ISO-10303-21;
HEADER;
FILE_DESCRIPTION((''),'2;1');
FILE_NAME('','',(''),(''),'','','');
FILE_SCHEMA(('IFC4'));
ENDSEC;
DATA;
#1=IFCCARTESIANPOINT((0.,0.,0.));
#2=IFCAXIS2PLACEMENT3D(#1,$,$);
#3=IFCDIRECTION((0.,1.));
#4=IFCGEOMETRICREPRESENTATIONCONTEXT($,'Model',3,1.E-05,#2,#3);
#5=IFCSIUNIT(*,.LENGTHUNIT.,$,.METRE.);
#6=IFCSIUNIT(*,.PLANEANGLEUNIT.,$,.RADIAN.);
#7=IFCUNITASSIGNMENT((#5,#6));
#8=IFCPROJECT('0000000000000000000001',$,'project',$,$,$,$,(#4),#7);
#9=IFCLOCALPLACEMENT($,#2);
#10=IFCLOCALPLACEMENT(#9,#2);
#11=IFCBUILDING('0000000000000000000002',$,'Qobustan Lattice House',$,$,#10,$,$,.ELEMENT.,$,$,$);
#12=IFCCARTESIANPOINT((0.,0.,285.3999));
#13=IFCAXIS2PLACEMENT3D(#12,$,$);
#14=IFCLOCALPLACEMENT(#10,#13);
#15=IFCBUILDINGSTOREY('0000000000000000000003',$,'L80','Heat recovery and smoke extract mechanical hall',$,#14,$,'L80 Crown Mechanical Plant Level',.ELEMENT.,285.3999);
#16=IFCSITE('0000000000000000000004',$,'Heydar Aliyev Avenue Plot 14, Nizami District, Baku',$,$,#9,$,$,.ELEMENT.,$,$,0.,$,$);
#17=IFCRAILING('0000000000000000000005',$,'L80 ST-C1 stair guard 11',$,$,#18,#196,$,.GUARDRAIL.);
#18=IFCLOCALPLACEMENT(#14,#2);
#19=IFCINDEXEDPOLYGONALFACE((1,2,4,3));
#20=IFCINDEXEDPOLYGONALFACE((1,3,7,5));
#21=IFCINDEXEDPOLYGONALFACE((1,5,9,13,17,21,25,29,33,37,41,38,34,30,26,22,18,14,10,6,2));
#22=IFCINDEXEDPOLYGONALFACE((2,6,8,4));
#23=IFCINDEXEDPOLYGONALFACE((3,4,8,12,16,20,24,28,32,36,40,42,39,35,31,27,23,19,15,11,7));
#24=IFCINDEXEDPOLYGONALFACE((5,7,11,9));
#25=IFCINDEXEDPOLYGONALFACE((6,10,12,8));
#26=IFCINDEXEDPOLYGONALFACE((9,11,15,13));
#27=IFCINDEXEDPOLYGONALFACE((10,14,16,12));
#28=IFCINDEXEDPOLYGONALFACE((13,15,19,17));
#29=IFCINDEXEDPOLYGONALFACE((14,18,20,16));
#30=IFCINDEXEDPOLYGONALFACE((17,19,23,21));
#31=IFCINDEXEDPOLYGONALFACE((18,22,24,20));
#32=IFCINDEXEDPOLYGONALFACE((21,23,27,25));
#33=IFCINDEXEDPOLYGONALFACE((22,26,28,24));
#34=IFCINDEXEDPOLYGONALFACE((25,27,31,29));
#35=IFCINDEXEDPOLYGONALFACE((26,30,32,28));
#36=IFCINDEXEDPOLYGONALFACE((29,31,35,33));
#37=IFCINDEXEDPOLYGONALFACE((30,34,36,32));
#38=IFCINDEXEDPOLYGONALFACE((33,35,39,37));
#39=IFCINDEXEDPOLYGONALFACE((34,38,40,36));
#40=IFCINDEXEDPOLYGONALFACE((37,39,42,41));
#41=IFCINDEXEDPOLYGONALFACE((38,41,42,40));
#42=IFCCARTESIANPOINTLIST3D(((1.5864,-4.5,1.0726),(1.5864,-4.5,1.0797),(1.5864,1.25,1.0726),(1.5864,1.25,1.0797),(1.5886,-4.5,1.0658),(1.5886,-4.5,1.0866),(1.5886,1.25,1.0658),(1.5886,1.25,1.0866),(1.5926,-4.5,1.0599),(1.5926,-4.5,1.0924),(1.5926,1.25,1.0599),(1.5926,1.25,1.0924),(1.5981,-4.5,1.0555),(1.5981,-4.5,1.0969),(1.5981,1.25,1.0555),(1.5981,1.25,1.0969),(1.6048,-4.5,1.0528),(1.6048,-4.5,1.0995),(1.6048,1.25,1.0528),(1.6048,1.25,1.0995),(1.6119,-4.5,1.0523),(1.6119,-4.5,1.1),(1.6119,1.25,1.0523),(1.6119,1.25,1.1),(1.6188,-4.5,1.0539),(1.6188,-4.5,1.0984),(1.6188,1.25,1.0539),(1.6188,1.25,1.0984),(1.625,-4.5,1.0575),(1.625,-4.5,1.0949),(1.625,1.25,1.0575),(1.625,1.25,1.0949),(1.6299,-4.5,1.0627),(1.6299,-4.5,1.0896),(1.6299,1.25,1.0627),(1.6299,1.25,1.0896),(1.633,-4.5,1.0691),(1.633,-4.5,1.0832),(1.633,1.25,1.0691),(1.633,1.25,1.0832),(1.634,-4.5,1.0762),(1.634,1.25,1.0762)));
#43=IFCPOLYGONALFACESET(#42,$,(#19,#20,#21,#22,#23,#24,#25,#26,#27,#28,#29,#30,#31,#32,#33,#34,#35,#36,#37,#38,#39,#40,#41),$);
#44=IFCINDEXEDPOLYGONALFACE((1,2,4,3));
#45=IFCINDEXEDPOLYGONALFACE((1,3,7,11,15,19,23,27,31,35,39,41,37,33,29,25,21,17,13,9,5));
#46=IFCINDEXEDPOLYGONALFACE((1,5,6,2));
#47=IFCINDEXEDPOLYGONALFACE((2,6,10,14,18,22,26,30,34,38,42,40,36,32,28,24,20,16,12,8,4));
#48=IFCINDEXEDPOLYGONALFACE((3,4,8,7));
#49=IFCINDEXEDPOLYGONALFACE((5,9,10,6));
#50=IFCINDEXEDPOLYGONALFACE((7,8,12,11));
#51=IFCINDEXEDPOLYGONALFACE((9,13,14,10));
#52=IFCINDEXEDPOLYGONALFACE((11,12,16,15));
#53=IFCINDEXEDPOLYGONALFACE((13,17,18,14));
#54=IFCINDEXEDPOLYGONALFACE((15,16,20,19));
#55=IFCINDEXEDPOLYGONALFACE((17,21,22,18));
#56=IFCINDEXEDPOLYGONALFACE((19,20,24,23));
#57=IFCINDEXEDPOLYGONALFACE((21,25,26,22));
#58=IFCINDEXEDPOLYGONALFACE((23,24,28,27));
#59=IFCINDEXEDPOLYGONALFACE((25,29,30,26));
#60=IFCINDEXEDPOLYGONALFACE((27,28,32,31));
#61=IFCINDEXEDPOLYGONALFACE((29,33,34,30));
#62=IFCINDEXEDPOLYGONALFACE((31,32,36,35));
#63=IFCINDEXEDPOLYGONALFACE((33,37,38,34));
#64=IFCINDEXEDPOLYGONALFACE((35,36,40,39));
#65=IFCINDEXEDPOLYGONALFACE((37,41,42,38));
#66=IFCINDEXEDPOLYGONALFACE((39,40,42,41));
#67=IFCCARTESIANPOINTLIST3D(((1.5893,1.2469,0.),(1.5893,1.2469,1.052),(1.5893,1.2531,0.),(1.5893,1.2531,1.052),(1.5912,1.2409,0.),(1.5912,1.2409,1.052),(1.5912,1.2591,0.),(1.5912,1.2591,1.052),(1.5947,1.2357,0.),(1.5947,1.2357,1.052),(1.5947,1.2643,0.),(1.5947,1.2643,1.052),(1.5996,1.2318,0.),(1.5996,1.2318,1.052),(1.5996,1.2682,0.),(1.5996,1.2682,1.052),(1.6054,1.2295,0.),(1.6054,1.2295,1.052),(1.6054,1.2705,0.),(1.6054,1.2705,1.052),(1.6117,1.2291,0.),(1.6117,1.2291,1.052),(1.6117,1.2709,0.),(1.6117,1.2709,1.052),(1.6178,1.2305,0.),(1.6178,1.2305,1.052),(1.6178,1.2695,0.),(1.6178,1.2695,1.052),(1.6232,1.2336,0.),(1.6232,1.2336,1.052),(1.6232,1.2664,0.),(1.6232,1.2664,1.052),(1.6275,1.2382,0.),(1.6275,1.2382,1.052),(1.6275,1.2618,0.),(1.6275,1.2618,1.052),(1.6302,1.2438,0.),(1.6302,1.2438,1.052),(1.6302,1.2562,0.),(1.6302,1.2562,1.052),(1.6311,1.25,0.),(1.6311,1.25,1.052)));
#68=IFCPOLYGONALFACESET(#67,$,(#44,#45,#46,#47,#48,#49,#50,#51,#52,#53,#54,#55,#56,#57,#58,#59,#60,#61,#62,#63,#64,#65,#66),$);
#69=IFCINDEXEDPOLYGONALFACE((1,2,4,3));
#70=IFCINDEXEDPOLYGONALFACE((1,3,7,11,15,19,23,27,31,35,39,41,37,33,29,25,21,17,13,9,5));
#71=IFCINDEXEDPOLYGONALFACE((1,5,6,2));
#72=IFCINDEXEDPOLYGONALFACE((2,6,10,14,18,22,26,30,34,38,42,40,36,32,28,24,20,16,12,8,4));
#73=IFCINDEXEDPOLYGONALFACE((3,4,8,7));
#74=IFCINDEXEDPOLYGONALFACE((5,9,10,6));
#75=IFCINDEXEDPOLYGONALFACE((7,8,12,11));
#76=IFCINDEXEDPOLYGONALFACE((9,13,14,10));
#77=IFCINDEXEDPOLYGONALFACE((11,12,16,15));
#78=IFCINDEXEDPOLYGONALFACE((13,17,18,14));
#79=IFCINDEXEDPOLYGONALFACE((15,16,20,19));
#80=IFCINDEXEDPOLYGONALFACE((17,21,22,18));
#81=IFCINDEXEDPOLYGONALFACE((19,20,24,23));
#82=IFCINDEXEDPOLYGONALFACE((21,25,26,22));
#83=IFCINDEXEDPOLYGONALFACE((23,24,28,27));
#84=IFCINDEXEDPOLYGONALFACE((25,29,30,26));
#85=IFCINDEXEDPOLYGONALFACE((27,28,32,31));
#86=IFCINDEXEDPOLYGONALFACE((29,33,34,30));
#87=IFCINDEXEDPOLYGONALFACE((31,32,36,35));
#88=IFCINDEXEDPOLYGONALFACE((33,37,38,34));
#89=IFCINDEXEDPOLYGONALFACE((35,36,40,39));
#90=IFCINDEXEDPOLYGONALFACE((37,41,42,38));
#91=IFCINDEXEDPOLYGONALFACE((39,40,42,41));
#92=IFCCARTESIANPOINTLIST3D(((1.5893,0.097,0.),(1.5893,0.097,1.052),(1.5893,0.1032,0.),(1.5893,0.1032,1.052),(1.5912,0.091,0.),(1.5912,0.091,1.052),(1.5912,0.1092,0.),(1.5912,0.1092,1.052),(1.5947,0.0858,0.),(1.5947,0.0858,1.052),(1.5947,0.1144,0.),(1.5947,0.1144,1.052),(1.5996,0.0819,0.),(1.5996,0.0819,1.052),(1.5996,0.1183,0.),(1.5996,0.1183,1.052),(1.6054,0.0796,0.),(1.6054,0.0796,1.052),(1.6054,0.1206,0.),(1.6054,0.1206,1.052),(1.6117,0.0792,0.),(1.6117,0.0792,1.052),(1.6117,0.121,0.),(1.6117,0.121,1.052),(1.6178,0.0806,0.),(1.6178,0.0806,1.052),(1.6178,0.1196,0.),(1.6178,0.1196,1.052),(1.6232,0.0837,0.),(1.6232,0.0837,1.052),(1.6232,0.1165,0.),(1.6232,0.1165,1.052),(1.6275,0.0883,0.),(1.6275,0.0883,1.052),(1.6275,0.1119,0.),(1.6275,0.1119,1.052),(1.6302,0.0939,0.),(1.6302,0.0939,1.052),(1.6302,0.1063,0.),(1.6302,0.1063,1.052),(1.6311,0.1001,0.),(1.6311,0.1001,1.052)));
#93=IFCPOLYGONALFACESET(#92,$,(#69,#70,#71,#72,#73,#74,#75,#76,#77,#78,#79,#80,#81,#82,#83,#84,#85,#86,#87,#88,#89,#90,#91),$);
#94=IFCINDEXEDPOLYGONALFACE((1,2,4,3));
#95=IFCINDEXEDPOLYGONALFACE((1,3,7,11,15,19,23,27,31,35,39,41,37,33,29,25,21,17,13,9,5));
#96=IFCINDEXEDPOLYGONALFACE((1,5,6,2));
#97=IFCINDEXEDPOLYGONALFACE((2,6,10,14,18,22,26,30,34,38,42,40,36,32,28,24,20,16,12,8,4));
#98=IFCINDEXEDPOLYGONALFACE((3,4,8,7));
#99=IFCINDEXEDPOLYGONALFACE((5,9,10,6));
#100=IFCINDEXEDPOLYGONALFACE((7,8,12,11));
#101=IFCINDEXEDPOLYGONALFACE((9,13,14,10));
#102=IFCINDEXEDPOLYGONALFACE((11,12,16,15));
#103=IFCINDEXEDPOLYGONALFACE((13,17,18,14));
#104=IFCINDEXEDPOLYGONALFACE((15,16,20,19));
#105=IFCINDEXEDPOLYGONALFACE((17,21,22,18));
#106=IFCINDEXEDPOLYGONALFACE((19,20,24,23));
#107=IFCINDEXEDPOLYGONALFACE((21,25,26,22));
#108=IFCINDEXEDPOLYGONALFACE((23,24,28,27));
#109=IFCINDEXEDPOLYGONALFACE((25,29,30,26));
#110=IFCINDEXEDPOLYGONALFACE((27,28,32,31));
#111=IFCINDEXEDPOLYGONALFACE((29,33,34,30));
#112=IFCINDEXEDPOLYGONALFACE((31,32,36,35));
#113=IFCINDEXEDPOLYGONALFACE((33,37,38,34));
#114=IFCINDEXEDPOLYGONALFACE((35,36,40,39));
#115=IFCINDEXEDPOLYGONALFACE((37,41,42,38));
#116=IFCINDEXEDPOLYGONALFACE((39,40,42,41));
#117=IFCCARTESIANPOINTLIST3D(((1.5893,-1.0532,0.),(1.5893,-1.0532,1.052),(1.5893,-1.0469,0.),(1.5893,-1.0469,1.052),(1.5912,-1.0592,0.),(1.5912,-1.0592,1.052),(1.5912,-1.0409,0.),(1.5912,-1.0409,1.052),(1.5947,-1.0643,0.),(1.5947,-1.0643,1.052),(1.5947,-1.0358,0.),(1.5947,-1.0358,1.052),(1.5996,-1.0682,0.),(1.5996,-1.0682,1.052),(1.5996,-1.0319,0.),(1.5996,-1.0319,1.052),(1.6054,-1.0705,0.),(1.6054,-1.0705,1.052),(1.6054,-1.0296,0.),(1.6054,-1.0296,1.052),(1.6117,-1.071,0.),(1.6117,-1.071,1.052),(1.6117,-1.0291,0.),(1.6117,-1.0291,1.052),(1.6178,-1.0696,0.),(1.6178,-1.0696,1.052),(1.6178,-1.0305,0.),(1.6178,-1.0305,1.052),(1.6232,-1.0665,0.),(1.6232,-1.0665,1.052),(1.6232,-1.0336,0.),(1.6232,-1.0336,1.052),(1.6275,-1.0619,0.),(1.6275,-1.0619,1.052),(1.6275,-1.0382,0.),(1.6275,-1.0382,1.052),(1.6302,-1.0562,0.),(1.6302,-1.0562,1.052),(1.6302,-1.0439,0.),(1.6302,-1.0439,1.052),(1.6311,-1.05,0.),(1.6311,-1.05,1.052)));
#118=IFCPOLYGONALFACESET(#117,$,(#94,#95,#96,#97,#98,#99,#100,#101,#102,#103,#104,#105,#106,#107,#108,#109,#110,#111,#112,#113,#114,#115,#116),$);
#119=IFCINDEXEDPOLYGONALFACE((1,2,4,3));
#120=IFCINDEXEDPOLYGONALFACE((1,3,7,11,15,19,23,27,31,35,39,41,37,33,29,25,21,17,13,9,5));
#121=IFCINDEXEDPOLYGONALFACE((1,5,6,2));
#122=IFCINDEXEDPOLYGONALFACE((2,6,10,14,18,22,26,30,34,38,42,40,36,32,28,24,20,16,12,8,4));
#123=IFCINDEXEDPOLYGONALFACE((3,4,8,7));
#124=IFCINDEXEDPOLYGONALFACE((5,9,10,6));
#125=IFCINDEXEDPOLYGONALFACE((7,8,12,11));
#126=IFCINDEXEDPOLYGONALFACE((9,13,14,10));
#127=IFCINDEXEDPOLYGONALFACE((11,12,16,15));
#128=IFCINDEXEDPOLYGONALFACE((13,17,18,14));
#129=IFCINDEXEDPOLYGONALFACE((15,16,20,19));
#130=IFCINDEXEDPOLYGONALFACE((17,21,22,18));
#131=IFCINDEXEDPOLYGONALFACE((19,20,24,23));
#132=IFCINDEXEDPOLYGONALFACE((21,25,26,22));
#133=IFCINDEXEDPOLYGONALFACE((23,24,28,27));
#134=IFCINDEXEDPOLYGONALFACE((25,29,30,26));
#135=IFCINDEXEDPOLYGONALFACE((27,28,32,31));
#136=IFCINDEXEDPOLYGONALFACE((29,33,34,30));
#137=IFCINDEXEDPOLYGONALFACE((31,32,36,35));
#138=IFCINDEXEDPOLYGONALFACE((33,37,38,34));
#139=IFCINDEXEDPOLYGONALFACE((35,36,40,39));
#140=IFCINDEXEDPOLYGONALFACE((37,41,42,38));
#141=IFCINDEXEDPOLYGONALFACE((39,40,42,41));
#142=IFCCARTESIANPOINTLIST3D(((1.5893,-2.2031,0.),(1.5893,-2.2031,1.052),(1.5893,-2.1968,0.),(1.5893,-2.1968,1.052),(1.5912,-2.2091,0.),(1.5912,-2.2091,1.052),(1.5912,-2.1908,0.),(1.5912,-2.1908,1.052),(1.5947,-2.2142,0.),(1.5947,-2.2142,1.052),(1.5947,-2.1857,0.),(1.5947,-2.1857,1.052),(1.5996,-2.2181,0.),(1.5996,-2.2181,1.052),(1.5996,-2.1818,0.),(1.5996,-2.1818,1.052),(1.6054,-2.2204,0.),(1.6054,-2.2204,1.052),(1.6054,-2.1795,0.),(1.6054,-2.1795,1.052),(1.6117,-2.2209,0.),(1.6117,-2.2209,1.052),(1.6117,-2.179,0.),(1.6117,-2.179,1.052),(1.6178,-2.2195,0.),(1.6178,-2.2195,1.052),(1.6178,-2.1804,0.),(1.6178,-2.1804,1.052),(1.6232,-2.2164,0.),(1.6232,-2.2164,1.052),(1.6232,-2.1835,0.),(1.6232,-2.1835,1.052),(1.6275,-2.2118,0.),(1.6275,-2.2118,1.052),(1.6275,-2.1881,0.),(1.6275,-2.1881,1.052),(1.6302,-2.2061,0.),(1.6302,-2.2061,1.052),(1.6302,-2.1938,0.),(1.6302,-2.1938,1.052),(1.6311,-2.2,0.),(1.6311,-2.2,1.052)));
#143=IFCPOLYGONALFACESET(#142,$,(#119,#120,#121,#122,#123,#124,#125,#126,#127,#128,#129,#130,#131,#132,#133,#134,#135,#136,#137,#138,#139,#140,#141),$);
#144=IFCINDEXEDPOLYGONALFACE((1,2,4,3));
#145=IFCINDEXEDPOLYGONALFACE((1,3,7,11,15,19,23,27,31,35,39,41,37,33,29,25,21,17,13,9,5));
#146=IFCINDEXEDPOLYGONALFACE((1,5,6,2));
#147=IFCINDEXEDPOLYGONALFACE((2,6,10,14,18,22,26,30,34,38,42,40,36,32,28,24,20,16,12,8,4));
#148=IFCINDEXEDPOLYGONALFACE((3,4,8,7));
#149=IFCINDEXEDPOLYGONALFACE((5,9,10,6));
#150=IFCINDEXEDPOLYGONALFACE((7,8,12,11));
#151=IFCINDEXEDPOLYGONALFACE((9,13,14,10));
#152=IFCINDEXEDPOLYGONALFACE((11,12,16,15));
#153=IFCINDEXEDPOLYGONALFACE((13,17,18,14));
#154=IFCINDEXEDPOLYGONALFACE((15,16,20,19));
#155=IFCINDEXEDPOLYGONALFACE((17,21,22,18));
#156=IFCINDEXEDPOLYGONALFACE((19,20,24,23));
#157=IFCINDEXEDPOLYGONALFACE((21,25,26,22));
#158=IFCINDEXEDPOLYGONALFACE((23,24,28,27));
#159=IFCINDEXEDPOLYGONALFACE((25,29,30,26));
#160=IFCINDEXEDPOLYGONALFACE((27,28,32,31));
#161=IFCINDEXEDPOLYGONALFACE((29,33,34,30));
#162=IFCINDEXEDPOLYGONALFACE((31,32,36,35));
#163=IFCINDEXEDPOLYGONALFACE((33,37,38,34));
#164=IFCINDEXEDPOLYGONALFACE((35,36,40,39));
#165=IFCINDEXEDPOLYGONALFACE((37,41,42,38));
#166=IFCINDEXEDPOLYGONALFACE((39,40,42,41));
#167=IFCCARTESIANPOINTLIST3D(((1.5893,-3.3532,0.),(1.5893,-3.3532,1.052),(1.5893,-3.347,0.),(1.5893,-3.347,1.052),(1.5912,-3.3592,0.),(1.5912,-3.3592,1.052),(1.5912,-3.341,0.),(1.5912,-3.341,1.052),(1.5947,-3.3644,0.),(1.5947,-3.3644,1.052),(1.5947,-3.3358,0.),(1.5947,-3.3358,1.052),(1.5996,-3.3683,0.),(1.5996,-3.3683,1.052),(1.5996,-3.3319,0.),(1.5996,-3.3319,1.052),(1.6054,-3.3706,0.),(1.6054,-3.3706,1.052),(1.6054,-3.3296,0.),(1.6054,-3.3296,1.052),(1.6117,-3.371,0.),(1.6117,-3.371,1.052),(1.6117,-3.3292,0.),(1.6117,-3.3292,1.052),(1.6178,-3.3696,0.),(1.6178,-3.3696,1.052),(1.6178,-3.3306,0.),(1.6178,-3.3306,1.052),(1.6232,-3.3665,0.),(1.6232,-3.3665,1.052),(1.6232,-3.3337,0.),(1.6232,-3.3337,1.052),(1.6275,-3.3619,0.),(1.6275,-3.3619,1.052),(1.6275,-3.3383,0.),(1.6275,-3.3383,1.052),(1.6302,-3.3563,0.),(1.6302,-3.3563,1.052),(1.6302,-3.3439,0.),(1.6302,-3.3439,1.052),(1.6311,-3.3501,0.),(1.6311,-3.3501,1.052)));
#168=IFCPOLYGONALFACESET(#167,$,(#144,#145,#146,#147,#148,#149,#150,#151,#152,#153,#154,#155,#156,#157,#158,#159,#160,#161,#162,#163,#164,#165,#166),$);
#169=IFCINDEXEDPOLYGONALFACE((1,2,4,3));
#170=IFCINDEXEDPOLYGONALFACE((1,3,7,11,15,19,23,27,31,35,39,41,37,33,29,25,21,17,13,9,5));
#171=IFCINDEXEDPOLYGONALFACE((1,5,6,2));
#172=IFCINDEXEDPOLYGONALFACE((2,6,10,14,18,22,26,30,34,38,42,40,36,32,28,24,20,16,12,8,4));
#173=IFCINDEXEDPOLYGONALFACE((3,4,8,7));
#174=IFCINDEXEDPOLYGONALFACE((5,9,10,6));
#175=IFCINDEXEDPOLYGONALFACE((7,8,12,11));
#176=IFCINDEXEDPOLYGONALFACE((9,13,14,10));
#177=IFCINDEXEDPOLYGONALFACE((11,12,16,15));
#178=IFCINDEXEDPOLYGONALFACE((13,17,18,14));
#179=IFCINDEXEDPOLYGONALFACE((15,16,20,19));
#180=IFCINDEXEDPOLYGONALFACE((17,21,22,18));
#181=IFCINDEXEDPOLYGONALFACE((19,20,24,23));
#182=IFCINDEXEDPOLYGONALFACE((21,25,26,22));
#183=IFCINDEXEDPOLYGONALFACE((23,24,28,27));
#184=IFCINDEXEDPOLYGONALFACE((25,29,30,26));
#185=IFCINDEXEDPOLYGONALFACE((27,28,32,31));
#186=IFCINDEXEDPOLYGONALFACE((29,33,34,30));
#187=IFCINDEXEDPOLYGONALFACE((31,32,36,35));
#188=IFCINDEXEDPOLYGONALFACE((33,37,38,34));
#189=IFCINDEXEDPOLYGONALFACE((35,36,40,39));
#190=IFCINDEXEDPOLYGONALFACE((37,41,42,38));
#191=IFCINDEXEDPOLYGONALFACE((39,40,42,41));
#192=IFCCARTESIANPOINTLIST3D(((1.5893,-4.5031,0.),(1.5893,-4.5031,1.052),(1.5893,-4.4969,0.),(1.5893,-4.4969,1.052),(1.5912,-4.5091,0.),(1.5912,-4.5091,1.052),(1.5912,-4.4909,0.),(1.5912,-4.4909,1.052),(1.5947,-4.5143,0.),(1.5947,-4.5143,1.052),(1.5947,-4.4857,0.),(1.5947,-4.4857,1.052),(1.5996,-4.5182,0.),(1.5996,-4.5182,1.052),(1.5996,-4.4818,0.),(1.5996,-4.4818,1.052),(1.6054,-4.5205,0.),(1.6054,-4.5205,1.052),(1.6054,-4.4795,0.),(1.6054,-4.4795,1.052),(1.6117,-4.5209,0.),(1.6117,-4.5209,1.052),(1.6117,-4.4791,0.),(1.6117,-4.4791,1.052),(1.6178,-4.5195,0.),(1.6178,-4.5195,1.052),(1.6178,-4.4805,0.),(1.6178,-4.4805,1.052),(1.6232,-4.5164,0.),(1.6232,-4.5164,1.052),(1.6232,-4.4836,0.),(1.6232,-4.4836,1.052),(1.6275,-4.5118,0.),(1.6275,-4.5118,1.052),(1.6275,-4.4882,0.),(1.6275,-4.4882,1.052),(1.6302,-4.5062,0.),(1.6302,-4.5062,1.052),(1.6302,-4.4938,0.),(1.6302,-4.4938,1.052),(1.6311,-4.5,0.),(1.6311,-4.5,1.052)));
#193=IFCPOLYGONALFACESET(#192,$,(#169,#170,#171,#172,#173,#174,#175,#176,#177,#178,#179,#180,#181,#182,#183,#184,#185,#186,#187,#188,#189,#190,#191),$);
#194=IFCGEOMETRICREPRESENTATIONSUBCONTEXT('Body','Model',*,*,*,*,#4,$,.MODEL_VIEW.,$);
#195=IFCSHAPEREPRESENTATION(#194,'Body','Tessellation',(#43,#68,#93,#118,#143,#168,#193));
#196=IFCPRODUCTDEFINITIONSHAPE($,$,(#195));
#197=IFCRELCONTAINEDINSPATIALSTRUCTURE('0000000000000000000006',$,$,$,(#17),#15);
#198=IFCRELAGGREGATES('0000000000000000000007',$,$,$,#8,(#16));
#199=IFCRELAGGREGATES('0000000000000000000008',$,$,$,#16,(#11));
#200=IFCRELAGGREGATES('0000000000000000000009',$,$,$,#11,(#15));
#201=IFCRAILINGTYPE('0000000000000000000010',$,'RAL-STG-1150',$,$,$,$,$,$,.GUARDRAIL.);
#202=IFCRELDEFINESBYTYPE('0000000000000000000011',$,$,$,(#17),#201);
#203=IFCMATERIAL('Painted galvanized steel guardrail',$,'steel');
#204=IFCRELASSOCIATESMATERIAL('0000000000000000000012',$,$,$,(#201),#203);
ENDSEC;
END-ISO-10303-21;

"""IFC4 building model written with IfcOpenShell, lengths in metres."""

from ifc_helpers import new_model, si_unit, direction, frame, origin, origin_2d, place, context, subcontext, project, spatial, circle, extrude, material, type_object, element, save


model = new_model("IFC4")

# Units and contexts
model_context = context("Model", 3, precision=1e-05, world=origin(), true_north=direction((0.0, 1.0)))
body_context = subcontext(model_context, "Body", "Model", "MODEL_VIEW")
ifc_project = project(units=[si_unit("LENGTHUNIT", "METRE"), si_unit("PLANEANGLEUNIT", "RADIAN")], contexts=[model_context])

# Site, building, storey
site_placement = place(None, origin())
site = spatial("IfcSite", under=ifc_project, at=site_placement, Name="Heydar Aliyev Avenue Plot 14, Nizami District, Baku", CompositionType="ELEMENT", RefElevation=0.0)
building_placement = place(site_placement, origin())
building = spatial("IfcBuilding", under=site, at=building_placement, Name="Qobustan Lattice House", CompositionType="ELEMENT")
storey_placement = place(building_placement, frame((0.0, 0.0, 285.3999)))
storey = spatial("IfcBuildingStorey", under=building, at=storey_placement, Name="L80", Description="Heat recovery and smoke extract mechanical hall", LongName="L80 Crown Mechanical Plant Level", CompositionType="ELEMENT", Elevation=285.3999)

# Railing
ifc_material_1 = material(Name="Painted galvanized steel guardrail", Category="steel")
railing_type = type_object("IfcRailingType", Name="RAL-STG-1150", PredefinedType="GUARDRAIL", material=ifc_material_1)
railing_1_placement = place(storey_placement, frame((1.6101, 1.25, 0.0)))
element("IfcRailing", 1, at=railing_1_placement, inside=storey, type_object=railing_type, Name="L80 ST-C1 stair guard 11", PredefinedType="GUARDRAIL", context=body_context, shape_type="SweptSolid", body=[
    extrude(circle(Radius=0.0239, at=origin_2d()), frame((0.0, 0.0, 1.0762), z_axis=(0.0, -1.0, 0.0), x_axis=(1.0, 0.0, 0.0)), (0.0, 0.0, 1.0), 5.75),
    extrude(circle(Radius=0.021, at=origin_2d()), origin(), (0.0, 0.0, 1.0), 1.052),
    extrude(circle(Radius=0.021, at=origin_2d()), frame((0.0, -1.1499, 0.0)), (0.0, 0.0, 1.0), 1.052),
    extrude(circle(Radius=0.021, at=origin_2d()), frame((0.0, -2.3, 0.0)), (0.0, 0.0, 1.0), 1.052),
    extrude(circle(Radius=0.021, at=origin_2d()), frame((0.0, -3.45, 0.0)), (0.0, 0.0, 1.0), 1.052),
    extrude(circle(Radius=0.021, at=origin_2d()), frame((0.0, -4.6001, 0.0)), (0.0, 0.0, 1.0), 1.052),
    extrude(circle(Radius=0.021, at=origin_2d()), frame((0.0, -5.75, 0.0)), (0.0, 0.0, 1.0), 1.052),
])

save(model, "model.ifc")
